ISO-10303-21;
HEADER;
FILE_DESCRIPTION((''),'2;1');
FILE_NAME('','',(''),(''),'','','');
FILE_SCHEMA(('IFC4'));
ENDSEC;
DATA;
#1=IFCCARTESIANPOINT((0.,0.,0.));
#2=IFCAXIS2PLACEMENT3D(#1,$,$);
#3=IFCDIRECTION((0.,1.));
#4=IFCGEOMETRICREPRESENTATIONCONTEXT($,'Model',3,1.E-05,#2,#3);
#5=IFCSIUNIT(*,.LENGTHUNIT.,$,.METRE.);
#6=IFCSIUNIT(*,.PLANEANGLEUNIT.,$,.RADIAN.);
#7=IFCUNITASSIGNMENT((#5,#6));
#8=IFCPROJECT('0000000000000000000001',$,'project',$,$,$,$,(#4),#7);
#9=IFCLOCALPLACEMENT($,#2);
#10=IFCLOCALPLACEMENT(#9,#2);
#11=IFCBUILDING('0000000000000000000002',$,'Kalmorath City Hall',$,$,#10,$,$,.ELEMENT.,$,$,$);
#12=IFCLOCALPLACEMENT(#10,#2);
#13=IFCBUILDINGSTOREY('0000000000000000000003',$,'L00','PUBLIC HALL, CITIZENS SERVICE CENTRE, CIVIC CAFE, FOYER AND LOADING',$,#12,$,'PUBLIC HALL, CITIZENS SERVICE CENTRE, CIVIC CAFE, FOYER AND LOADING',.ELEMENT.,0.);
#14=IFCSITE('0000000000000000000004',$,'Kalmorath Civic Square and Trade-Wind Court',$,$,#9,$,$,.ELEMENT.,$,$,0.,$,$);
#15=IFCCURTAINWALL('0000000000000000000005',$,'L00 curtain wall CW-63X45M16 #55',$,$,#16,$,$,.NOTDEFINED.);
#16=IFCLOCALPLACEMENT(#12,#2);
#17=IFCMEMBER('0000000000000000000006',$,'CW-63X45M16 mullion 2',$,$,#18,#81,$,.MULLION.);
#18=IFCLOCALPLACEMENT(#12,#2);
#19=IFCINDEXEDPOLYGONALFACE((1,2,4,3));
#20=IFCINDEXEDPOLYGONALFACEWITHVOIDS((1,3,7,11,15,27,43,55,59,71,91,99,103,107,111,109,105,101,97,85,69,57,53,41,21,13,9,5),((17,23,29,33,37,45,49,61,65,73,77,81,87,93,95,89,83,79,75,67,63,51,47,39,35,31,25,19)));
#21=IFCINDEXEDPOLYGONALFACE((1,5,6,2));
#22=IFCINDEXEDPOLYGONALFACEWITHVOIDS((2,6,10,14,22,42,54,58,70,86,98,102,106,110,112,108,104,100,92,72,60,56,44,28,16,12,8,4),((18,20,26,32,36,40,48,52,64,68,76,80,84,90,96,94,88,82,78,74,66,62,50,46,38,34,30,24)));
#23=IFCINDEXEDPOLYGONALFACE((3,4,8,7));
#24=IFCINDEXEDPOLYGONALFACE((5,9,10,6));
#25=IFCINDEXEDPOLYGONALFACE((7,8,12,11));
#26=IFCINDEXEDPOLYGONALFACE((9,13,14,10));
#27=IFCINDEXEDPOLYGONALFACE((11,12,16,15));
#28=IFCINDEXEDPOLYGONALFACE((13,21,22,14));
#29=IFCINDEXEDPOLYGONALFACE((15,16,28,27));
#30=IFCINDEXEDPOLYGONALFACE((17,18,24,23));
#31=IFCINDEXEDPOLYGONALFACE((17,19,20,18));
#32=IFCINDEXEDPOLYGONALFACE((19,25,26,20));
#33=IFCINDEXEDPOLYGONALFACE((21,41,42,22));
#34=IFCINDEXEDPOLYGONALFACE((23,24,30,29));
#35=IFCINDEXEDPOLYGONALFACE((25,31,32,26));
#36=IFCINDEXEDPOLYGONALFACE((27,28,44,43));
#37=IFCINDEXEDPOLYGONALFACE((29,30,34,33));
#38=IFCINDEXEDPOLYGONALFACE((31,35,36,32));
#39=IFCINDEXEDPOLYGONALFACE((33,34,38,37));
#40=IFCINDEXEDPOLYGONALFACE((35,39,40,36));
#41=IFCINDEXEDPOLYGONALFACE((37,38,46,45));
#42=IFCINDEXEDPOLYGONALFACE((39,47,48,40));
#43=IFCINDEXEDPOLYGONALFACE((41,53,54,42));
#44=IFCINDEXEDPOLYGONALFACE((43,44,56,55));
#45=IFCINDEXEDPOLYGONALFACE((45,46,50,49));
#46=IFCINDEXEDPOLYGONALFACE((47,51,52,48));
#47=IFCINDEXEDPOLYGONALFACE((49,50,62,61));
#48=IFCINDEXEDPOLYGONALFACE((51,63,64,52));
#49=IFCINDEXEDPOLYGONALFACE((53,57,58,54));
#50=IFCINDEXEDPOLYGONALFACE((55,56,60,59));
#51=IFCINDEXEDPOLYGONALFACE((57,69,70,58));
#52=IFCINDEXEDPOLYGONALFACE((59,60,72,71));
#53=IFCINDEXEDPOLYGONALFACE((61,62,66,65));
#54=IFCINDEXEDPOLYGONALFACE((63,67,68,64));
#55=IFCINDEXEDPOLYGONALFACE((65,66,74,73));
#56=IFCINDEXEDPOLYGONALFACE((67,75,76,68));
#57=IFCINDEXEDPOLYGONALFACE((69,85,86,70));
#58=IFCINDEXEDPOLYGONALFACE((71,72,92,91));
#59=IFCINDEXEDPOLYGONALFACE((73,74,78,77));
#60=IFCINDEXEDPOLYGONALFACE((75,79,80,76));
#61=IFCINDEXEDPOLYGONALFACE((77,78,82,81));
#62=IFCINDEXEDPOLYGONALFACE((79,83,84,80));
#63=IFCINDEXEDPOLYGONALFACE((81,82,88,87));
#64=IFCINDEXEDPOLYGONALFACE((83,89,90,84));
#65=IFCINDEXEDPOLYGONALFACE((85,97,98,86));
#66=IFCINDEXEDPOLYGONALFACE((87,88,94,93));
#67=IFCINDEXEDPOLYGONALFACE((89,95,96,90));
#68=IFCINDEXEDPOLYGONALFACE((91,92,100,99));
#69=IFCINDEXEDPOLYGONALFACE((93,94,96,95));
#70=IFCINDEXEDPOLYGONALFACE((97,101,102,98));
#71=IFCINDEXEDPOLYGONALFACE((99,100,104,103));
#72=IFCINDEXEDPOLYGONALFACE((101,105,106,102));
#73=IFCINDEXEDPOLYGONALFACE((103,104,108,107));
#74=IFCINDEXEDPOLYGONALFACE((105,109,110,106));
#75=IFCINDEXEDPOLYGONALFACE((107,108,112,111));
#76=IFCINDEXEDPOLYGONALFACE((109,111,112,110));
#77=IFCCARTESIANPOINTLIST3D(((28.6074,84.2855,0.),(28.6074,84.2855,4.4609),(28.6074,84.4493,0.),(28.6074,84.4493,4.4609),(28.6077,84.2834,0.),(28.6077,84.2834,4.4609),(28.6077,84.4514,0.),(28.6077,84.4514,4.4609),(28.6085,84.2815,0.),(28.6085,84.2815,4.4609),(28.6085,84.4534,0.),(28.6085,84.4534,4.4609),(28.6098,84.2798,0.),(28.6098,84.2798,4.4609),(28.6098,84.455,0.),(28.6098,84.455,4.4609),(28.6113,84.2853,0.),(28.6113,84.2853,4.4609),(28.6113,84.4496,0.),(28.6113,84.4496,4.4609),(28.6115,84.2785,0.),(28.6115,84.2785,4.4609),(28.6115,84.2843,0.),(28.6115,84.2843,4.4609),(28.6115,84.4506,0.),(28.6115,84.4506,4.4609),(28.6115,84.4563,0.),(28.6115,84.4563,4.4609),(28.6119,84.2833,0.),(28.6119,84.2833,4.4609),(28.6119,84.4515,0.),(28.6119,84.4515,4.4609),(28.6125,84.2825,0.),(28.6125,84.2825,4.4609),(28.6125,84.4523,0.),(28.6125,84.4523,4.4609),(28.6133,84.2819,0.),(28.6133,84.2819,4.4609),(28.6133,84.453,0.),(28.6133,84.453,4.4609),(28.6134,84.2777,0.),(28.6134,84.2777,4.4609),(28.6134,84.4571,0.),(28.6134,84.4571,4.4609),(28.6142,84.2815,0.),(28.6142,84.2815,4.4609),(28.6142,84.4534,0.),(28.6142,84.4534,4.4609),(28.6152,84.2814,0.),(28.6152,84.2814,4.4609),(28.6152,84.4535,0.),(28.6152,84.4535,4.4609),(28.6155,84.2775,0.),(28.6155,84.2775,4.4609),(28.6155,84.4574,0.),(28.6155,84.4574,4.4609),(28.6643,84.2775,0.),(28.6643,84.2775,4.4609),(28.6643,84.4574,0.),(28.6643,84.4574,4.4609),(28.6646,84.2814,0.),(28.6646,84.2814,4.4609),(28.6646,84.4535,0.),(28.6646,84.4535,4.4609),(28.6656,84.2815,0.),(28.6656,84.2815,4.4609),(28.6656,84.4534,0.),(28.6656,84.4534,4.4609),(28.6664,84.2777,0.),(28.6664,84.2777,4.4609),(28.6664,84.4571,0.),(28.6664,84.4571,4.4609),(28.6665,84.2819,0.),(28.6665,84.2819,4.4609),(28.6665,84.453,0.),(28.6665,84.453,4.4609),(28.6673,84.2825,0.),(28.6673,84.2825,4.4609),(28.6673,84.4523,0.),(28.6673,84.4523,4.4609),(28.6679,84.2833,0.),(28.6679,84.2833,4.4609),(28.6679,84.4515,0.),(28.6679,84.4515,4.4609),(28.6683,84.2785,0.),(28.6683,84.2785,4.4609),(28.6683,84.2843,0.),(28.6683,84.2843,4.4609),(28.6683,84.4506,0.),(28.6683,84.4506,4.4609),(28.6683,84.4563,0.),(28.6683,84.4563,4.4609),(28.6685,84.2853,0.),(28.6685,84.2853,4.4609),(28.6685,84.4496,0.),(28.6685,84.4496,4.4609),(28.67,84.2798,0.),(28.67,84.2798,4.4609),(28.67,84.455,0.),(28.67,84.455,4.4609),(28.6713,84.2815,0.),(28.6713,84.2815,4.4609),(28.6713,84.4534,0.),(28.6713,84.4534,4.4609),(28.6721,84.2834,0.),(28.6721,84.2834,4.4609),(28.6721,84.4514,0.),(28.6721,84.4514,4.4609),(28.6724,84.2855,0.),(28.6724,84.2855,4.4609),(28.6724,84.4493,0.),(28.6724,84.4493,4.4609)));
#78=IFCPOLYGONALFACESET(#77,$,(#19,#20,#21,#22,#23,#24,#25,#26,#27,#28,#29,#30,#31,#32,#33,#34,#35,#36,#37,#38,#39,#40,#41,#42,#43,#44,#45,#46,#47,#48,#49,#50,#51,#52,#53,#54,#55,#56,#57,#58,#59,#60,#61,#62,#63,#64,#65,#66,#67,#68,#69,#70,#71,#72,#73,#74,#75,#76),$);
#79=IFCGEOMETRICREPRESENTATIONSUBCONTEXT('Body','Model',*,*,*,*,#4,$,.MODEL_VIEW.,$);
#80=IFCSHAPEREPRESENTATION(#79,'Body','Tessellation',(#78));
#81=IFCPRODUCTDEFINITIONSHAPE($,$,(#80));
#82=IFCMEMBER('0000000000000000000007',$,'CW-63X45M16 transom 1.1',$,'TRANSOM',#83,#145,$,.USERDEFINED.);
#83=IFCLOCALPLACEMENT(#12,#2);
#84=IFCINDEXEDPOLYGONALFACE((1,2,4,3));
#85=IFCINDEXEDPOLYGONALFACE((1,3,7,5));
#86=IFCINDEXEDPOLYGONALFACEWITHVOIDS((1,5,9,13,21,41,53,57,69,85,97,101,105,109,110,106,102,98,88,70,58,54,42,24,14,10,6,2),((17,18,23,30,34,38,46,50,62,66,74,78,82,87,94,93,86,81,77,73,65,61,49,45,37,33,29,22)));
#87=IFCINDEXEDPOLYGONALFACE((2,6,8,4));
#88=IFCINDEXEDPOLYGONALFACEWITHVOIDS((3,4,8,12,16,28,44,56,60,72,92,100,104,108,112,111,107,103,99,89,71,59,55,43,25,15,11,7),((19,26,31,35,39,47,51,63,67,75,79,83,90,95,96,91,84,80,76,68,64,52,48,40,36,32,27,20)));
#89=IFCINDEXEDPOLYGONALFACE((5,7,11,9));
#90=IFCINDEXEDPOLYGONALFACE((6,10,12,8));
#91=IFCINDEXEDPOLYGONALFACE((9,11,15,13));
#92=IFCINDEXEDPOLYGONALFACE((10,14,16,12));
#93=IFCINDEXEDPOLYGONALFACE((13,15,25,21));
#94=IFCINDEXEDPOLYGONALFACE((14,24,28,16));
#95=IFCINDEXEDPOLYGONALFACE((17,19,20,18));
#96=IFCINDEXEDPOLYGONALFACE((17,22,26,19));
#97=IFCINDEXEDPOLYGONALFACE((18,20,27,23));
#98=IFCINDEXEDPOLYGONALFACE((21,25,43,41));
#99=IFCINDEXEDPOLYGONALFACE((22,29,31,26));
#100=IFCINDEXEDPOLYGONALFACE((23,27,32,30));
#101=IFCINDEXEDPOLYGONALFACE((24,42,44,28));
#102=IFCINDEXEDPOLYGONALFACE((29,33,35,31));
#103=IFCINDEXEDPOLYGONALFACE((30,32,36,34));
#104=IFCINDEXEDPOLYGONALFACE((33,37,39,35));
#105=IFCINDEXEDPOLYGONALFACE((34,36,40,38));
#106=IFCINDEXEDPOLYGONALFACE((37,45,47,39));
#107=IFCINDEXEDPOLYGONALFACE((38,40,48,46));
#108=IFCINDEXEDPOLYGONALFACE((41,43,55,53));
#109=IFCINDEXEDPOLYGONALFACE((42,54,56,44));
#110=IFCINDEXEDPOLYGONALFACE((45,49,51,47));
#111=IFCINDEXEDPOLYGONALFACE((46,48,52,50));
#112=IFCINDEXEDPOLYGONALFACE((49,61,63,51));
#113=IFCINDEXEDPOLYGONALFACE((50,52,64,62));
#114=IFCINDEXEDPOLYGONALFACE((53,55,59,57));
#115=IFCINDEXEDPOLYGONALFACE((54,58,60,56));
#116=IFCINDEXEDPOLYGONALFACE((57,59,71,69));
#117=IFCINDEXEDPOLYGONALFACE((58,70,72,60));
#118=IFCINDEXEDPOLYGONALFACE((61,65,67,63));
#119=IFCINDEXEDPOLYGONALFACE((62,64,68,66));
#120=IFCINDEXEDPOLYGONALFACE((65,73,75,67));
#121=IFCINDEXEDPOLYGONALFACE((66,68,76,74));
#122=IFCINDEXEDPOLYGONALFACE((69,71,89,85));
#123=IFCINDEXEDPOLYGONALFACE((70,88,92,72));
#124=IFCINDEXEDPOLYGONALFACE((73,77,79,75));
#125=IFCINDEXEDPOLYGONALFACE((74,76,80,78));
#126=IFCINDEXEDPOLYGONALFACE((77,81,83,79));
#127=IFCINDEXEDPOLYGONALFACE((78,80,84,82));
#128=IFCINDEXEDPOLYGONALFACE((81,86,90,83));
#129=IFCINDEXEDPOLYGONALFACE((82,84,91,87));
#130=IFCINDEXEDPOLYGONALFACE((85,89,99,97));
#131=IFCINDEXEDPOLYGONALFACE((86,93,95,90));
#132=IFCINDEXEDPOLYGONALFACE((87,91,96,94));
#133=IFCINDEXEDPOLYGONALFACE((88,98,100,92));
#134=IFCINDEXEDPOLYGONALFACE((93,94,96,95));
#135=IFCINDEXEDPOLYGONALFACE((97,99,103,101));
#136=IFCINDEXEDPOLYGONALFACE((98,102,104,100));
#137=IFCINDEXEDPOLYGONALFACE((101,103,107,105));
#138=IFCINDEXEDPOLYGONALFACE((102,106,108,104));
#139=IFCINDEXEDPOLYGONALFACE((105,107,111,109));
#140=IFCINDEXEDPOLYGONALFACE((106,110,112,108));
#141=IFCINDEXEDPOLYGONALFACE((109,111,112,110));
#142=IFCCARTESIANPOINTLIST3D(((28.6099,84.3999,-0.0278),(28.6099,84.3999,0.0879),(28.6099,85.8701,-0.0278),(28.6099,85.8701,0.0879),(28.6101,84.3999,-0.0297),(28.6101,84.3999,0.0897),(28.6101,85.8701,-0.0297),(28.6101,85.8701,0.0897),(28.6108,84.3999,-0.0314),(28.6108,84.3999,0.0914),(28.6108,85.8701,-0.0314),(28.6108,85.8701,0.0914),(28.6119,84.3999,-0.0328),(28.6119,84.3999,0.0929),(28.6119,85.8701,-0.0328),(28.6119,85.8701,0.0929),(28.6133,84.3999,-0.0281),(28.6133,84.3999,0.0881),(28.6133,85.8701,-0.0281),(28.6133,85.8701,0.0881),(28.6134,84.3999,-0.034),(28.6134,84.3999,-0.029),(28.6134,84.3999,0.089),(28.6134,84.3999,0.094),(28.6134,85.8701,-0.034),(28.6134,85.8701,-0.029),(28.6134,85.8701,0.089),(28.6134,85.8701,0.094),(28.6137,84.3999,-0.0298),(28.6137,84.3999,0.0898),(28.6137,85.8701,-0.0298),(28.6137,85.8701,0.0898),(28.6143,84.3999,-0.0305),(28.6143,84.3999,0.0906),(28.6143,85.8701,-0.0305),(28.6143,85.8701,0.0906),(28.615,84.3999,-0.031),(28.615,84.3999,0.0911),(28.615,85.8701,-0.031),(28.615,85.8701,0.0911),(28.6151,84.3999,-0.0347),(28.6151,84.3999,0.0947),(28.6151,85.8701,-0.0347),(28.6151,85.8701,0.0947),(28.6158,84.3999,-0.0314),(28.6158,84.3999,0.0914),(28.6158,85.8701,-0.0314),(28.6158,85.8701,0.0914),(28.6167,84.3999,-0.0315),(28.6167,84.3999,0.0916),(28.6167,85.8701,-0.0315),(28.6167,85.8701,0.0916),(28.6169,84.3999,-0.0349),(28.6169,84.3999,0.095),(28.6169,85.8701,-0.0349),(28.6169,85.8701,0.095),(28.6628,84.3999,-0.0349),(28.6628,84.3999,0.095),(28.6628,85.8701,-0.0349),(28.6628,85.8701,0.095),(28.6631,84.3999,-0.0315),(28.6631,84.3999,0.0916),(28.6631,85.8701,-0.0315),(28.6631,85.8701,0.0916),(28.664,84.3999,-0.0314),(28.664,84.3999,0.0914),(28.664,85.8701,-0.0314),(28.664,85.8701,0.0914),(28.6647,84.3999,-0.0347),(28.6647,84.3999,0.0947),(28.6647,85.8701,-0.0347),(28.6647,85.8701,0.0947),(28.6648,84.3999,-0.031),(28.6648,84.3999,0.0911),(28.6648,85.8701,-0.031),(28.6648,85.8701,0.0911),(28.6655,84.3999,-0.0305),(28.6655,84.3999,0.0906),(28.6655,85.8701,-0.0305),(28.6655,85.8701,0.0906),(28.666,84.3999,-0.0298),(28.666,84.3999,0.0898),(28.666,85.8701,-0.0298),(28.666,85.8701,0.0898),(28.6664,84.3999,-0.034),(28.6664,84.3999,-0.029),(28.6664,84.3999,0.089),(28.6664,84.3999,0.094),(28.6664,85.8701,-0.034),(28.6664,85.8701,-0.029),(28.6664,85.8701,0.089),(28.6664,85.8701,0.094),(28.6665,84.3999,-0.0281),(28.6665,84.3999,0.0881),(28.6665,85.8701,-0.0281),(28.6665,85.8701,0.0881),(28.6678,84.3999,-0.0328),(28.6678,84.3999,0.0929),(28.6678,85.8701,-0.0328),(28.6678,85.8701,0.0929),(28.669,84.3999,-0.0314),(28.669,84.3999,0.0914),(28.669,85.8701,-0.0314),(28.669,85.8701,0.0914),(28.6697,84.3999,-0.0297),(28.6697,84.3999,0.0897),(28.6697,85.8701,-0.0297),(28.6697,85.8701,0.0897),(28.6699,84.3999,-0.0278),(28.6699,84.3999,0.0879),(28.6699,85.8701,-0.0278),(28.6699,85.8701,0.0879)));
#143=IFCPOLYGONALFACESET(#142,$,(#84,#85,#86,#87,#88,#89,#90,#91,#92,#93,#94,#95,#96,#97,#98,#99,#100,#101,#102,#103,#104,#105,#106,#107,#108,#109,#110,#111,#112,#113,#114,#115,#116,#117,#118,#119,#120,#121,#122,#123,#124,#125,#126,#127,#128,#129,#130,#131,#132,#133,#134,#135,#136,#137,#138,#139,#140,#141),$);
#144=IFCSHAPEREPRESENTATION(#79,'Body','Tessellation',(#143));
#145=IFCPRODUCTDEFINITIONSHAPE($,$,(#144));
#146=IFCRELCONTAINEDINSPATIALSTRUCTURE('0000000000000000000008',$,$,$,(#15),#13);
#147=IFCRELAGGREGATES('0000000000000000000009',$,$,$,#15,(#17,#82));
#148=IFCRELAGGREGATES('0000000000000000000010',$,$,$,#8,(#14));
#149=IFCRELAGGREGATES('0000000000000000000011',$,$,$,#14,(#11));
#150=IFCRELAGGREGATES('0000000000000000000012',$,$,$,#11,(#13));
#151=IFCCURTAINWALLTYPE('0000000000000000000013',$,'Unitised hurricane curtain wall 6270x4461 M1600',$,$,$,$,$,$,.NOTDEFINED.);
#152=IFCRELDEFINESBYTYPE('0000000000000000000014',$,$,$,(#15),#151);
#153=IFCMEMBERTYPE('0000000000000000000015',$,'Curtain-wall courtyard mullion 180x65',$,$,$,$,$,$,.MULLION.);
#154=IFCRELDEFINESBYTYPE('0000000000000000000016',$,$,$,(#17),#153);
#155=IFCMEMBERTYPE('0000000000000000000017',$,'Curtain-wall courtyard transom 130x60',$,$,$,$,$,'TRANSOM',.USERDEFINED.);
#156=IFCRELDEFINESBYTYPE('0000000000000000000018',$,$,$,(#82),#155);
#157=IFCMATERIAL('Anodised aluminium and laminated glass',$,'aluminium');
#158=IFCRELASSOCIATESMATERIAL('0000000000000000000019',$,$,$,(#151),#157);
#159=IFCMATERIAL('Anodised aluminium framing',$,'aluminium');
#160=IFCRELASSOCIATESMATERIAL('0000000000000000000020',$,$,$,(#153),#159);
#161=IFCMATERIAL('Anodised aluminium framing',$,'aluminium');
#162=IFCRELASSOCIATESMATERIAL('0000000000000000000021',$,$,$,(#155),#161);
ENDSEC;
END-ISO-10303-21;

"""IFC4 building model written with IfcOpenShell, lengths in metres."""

from ifc_helpers import new_model, si_unit, direction, frame, origin, origin_2d, place, context, subcontext, project, spatial, hollow_rectangle, extrude, material, material_profile, profile_set, type_object, element, aggregate, save


model = new_model("IFC4")

# Units and contexts
model_context = context("Model", 3, precision=1e-05, world=origin(), true_north=direction((0.0, 1.0)))
body_context = subcontext(model_context, "Body", "Model", "MODEL_VIEW")
ifc_project = project(units=[si_unit("LENGTHUNIT", "METRE"), si_unit("PLANEANGLEUNIT", "RADIAN")], contexts=[model_context])

# Site, building, storey
site_placement = place(None, origin())
site = spatial("IfcSite", under=ifc_project, at=site_placement, Name="Kalmorath Civic Square and Trade-Wind Court", CompositionType="ELEMENT", RefElevation=0.0)
building_placement = place(site_placement, origin())
building = spatial("IfcBuilding", under=site, at=building_placement, Name="Kalmorath City Hall", CompositionType="ELEMENT")
storey_placement = place(building_placement, origin())
storey = spatial("IfcBuildingStorey", under=building, at=storey_placement, Name="L00", Description="PUBLIC HALL, CITIZENS SERVICE CENTRE, CIVIC CAFE, FOYER AND LOADING", LongName="PUBLIC HALL, CITIZENS SERVICE CENTRE, CIVIC CAFE, FOYER AND LOADING", CompositionType="ELEMENT", Elevation=0.0)

# Curtain wall, members
ifc_material_1 = material(Name="Anodised aluminium and laminated glass", Category="aluminium")
curtain_wall_type = type_object("IfcCurtainWallType", Name="Unitised hurricane curtain wall 6270x4461 M1600", PredefinedType="NOTDEFINED", material=ifc_material_1)
curtain_wall_placement = place(storey_placement, origin())
curtain_wall = element("IfcCurtainWall", 1, at=curtain_wall_placement, inside=storey, type_object=curtain_wall_type, Name="L00 curtain wall CW-63X45M16 #55", PredefinedType="NOTDEFINED")
ifc_material_2 = material(Name="Anodised aluminium framing", Category="aluminium")
ifc_material_profile_1 = material_profile(ifc_material_2, hollow_rectangle(XDim=0.0649, YDim=0.1799, WallThickness=0.0039, InnerFilletRadius=0.0039, OuterFilletRadius=0.0081, at=origin_2d()), Name="ALU-MUL-180X65X4")
ifc_profile_set_1 = profile_set([ifc_material_profile_1], Name="Anodised aluminium framing")
member_type_1 = type_object("IfcMemberType", Name="Curtain-wall courtyard mullion 180x65", PredefinedType="MULLION", material=ifc_profile_set_1)
member_1_placement = place(storey_placement, frame((28.6399, 84.3674, 0.0), z_axis=(0.0, 0.0, 1.0), x_axis=(1.0, 0.0, 0.0)))
member_1 = element("IfcMember", 2, at=member_1_placement, type_object=member_type_1, Name="CW-63X45M16 mullion 2", PredefinedType="MULLION", context=body_context, shape_type="SweptSolid", body=[
    extrude(hollow_rectangle(XDim=0.0649, YDim=0.1799, WallThickness=0.0039, InnerFilletRadius=0.0039, OuterFilletRadius=0.0081, at=origin_2d()), origin(), (0.0, 0.0, 1.0), 4.4609),
])
ifc_material_3 = material(Name="Anodised aluminium framing", Category="aluminium")
ifc_material_profile_2 = material_profile(ifc_material_3, hollow_rectangle(XDim=0.0601, YDim=0.1299, WallThickness=0.0034, InnerFilletRadius=0.0034, OuterFilletRadius=0.0071, at=origin_2d()), Name="ALU-TRN-130X60X3.5")
ifc_profile_set_2 = profile_set([ifc_material_profile_2], Name="Anodised aluminium framing")
member_type_2 = type_object("IfcMemberType", Name="Curtain-wall courtyard transom 130x60", ElementType="TRANSOM", PredefinedType="USERDEFINED", material=ifc_profile_set_2)
member_2_placement = place(storey_placement, frame((28.6399, 85.8701, 0.03), z_axis=(0.0, -1.0, 0.0), x_axis=(1.0, 0.0, 0.0)))
member_2 = element("IfcMember", 3, at=member_2_placement, type_object=member_type_2, Name="CW-63X45M16 transom 1.1", ObjectType="TRANSOM", PredefinedType="USERDEFINED", context=body_context, shape_type="SweptSolid", body=[
    extrude(hollow_rectangle(XDim=0.0601, YDim=0.1299, WallThickness=0.0034, InnerFilletRadius=0.0034, OuterFilletRadius=0.0071, at=origin_2d()), origin(), (0.0, 0.0, 1.0), 1.4702),
])
aggregate(curtain_wall, [member_1, member_2])

save(model, "model.ifc")
